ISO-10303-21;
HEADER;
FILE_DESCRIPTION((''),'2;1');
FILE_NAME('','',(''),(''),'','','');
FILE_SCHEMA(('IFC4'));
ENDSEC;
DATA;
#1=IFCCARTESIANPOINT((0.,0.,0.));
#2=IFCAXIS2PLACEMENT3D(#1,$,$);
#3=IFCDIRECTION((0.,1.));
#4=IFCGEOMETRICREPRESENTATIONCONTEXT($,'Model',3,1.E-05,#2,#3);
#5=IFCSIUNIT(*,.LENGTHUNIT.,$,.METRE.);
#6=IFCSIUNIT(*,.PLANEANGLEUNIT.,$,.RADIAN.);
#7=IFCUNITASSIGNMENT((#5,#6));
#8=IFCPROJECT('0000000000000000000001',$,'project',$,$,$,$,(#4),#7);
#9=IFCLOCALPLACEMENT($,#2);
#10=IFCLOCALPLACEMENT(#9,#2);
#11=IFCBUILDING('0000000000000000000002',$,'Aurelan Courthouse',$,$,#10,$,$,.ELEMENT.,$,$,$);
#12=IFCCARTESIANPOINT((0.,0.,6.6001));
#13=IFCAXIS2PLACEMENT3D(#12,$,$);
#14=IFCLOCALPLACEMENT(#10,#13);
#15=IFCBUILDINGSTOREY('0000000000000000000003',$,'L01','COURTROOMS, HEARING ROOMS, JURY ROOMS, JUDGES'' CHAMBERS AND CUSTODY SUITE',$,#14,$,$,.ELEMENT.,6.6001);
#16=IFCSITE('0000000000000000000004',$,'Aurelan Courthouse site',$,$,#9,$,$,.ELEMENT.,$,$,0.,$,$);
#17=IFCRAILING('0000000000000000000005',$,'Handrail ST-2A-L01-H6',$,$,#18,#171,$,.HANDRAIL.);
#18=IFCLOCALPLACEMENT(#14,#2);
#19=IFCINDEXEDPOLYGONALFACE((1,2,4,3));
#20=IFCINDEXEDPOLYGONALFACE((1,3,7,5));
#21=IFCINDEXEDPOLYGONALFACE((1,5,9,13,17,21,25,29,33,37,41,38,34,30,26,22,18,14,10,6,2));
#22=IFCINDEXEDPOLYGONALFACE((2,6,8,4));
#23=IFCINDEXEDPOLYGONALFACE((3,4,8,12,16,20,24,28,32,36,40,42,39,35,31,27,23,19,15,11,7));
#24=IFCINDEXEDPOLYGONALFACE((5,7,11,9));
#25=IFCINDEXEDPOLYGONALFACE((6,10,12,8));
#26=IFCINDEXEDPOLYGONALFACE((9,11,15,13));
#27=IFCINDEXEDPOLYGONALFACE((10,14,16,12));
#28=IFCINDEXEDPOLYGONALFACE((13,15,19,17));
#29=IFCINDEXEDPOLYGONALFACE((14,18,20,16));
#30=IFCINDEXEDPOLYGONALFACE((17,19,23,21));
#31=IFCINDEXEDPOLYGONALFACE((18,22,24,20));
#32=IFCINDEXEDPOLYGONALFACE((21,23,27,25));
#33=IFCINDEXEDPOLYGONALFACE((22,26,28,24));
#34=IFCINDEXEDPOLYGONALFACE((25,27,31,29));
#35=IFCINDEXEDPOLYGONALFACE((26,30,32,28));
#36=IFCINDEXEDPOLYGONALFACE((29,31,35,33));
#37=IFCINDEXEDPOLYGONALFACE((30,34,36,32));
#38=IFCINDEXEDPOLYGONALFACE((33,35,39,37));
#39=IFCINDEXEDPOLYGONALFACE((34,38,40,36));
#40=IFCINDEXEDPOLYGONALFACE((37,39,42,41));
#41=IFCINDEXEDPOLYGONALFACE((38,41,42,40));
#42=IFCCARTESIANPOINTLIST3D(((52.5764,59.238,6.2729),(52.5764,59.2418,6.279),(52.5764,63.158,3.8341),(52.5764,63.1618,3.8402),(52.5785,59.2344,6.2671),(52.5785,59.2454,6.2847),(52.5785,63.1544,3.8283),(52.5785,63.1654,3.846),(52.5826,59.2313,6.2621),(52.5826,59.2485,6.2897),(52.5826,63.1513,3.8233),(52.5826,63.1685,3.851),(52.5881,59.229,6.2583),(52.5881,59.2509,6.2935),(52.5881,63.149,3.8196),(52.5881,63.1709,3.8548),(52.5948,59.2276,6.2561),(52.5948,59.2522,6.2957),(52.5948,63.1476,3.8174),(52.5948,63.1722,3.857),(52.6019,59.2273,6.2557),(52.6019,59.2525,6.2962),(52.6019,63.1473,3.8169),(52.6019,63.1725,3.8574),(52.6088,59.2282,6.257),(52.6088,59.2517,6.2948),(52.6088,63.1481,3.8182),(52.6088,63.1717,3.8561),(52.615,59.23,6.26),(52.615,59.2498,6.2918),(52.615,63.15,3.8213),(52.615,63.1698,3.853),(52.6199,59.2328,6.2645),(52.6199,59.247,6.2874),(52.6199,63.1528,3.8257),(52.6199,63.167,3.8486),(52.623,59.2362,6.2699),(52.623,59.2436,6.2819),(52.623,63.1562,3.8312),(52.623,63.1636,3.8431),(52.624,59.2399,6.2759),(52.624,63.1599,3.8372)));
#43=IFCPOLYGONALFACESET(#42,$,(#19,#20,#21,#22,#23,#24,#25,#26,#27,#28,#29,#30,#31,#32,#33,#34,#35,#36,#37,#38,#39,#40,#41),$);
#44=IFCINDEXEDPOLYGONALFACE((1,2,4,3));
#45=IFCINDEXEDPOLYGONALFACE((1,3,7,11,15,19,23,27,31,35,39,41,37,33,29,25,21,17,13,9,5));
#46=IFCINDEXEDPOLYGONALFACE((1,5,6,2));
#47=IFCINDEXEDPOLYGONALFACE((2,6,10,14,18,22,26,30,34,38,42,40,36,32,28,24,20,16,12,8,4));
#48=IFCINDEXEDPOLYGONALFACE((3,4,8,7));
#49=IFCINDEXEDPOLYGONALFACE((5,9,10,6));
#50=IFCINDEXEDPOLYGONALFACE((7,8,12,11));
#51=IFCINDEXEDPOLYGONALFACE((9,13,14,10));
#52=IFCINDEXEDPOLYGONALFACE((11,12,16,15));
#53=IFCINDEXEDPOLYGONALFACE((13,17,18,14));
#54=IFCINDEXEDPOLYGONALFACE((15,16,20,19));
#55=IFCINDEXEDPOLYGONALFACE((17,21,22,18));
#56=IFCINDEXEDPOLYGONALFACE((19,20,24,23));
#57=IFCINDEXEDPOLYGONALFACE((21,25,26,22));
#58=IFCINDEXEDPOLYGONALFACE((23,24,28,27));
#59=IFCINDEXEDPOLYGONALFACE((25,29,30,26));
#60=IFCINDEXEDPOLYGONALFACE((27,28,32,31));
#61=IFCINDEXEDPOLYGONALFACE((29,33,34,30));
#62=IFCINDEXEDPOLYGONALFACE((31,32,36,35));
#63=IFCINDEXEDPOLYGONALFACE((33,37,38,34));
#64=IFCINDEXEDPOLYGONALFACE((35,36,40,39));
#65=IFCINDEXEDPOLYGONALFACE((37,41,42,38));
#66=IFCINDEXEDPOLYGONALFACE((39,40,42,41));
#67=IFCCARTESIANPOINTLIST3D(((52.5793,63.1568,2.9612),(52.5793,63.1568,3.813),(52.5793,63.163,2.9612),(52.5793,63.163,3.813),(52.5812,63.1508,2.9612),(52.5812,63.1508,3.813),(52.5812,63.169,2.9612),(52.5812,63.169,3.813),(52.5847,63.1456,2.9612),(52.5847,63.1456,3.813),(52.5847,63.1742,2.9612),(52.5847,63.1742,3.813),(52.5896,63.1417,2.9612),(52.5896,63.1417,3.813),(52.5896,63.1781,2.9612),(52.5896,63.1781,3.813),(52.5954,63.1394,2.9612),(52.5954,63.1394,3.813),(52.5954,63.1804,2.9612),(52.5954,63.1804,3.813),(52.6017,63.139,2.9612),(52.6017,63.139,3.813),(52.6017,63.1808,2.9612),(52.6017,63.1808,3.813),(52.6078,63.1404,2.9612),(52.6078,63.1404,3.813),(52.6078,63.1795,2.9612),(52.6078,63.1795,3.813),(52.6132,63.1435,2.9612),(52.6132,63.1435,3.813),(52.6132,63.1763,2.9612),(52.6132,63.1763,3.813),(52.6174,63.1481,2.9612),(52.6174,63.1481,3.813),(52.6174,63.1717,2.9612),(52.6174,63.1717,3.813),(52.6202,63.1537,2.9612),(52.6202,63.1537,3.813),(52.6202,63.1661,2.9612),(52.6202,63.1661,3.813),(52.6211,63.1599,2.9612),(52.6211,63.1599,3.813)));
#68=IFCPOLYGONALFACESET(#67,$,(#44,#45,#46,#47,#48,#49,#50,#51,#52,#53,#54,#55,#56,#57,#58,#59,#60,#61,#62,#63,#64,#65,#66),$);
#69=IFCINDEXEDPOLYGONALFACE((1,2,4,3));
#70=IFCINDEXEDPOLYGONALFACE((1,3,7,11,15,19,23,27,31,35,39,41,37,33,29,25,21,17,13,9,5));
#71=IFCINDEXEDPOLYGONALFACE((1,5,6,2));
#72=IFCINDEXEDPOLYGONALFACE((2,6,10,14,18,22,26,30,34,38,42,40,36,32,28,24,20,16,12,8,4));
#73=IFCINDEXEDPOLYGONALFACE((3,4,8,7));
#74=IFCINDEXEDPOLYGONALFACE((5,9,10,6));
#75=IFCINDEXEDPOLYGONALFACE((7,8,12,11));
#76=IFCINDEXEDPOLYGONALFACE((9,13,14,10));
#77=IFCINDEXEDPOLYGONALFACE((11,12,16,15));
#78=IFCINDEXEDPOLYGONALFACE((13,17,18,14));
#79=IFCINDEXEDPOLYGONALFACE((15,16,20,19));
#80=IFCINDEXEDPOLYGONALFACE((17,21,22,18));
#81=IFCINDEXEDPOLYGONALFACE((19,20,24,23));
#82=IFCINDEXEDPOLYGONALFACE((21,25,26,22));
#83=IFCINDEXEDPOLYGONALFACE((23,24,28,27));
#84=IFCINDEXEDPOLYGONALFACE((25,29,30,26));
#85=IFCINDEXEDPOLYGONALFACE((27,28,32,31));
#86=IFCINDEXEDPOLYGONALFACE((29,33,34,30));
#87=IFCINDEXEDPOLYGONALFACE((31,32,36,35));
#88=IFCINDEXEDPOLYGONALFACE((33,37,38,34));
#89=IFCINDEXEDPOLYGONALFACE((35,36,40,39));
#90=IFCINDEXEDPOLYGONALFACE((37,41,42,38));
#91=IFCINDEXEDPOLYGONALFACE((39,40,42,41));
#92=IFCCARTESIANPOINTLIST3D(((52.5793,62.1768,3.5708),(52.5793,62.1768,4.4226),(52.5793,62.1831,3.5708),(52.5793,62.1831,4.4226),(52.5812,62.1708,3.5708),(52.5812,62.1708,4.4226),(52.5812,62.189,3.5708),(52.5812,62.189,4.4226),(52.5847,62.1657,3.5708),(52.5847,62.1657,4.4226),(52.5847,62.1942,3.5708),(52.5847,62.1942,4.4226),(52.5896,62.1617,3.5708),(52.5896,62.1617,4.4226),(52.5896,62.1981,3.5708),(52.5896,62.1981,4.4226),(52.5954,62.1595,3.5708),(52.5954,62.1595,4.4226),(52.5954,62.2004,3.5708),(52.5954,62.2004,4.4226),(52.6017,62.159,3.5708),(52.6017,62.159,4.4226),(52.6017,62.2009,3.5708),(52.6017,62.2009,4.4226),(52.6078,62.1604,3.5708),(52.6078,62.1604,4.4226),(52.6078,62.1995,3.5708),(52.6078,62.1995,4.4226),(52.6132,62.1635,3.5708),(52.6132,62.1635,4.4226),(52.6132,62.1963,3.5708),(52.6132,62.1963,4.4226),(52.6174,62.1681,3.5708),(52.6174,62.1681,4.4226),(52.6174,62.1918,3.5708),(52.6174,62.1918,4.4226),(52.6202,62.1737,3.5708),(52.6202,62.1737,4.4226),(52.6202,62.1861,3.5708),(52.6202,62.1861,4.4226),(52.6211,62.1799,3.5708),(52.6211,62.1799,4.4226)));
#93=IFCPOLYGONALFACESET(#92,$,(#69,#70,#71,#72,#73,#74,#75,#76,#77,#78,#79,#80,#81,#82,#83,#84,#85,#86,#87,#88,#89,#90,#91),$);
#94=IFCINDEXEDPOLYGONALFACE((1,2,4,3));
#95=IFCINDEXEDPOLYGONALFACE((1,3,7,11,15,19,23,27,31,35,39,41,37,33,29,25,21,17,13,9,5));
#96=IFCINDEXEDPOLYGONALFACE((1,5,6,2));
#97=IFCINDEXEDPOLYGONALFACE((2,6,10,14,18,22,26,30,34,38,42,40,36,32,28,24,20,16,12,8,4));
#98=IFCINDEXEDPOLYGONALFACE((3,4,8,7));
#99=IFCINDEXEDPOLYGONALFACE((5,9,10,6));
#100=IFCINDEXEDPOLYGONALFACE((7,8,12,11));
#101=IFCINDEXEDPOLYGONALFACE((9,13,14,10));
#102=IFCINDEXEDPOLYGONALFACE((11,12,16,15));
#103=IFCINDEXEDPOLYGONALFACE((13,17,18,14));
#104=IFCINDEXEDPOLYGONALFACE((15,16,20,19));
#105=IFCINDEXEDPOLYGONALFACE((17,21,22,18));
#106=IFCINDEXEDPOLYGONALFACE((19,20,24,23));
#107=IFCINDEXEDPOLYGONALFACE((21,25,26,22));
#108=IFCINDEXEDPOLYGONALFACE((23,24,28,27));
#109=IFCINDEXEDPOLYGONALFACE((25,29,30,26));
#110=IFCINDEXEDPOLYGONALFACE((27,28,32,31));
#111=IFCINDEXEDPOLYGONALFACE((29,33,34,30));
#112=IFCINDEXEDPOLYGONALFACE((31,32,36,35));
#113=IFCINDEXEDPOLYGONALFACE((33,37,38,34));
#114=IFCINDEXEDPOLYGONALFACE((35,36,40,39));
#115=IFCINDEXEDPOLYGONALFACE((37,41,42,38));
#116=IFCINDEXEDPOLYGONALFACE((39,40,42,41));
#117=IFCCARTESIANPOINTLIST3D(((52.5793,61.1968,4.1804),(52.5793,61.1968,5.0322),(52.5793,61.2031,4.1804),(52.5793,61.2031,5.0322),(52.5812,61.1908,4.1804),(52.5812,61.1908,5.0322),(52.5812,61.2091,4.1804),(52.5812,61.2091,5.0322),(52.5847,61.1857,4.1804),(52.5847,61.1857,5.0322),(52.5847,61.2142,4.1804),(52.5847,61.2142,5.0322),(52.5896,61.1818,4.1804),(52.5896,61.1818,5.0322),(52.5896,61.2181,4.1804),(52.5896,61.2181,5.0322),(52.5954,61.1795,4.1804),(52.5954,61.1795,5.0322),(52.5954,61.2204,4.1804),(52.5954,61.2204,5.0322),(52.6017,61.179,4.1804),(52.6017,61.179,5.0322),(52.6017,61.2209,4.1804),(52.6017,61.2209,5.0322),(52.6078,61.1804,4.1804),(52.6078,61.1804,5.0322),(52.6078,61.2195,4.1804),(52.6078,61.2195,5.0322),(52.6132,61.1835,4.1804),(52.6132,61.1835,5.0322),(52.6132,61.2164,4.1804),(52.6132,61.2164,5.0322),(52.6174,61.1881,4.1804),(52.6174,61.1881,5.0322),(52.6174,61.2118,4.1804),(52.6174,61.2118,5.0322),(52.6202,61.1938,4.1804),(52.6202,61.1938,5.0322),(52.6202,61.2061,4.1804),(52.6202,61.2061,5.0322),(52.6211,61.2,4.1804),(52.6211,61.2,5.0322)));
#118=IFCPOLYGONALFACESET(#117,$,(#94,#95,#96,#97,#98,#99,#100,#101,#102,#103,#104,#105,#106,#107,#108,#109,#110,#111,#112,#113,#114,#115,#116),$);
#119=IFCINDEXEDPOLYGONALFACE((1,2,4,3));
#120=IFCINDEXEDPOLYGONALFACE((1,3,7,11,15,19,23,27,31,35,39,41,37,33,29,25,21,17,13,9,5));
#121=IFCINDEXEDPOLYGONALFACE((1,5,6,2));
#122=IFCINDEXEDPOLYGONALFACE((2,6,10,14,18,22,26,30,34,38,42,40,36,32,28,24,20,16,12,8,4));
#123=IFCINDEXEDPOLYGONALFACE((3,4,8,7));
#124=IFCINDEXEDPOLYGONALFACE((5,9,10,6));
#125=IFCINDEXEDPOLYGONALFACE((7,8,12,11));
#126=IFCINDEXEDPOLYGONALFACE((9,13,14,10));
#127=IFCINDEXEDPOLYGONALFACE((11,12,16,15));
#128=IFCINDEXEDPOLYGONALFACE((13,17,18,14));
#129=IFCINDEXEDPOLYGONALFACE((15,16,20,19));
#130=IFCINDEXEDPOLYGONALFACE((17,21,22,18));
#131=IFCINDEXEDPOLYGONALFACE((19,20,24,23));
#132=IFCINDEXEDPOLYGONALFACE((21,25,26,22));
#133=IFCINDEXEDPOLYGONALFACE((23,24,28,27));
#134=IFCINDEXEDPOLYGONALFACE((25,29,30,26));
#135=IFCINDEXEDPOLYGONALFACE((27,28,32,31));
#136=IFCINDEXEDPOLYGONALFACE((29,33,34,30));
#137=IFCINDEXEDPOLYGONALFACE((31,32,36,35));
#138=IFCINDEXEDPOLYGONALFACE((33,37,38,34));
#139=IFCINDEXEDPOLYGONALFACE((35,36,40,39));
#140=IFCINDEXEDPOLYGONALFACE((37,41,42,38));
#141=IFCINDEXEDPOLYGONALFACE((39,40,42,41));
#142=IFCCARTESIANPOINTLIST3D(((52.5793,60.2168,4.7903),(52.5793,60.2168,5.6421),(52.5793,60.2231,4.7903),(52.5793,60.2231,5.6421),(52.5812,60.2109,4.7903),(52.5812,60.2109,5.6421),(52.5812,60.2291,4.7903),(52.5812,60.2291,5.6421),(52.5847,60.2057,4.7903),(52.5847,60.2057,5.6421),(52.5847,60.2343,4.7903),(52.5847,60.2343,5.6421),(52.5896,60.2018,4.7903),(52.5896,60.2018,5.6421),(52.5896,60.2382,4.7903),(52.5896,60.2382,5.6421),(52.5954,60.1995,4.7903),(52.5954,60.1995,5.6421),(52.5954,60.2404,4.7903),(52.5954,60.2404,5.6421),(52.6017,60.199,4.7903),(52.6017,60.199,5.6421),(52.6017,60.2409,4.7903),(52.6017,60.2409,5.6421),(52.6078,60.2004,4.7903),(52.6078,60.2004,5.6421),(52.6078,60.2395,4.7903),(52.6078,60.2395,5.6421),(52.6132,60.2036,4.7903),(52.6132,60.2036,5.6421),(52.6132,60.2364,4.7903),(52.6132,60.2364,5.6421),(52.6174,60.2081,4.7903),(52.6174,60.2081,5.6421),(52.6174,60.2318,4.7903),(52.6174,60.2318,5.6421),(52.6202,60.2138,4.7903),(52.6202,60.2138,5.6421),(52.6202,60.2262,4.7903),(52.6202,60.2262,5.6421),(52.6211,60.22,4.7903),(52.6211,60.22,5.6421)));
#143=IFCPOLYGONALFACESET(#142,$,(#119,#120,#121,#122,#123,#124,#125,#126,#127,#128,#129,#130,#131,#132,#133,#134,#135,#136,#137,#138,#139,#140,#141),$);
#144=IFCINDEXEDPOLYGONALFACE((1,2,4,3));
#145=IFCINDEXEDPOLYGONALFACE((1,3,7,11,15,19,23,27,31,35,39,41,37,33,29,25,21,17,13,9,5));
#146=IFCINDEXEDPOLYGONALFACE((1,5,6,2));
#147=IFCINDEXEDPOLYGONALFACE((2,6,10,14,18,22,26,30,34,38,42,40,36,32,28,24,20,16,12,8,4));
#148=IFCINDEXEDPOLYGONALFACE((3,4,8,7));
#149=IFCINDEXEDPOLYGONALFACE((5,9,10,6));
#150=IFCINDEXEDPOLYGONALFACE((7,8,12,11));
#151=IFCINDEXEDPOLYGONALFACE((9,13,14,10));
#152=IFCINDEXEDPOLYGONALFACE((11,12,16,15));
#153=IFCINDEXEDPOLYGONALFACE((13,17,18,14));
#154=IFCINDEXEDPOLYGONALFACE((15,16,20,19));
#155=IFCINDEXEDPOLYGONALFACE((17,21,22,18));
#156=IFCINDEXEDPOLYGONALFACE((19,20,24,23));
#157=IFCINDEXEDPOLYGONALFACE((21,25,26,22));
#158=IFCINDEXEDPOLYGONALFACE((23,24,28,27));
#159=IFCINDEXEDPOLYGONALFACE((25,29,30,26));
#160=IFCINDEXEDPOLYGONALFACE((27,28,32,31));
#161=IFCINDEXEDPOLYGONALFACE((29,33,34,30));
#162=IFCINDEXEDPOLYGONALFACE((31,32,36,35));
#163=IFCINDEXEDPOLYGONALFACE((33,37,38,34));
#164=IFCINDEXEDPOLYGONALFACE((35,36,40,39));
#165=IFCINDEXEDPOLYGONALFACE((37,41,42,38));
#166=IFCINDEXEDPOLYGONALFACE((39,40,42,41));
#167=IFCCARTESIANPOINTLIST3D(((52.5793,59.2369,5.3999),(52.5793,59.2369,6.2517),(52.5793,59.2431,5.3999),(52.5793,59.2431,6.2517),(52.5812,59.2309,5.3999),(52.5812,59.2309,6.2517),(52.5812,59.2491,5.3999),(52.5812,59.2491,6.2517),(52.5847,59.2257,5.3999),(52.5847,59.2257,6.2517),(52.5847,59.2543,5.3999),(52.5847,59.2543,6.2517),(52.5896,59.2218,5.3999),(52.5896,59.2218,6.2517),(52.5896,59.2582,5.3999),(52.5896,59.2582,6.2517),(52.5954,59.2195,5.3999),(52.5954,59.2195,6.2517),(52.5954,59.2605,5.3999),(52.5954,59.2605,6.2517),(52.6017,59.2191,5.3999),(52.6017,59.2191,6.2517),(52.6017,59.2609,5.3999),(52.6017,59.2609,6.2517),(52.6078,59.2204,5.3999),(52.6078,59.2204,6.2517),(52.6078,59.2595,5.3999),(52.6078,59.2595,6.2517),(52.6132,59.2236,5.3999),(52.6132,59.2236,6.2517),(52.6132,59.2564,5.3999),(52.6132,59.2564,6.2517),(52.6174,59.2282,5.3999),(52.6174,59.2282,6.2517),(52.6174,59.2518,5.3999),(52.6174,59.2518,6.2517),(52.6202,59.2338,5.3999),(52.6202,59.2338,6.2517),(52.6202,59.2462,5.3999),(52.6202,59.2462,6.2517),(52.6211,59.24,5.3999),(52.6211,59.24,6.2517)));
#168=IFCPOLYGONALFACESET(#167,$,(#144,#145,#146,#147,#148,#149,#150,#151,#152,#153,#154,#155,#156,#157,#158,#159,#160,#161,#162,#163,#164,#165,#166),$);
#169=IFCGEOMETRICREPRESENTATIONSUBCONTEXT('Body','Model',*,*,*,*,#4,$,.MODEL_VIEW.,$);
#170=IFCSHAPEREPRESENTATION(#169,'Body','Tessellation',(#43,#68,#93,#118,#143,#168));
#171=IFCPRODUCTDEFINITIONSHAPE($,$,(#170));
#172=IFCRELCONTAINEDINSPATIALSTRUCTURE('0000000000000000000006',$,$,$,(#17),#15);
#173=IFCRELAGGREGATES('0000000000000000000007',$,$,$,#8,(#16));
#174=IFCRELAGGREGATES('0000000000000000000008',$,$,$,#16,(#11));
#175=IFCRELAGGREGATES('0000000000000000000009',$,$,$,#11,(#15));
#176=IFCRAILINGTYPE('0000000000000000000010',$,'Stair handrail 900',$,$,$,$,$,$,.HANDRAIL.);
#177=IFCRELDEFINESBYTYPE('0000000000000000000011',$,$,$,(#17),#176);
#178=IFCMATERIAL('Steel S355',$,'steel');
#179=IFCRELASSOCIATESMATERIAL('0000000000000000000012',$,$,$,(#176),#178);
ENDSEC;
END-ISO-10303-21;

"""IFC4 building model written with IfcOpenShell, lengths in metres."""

from ifc_helpers import new_model, si_unit, direction, frame, origin, origin_2d, place, context, subcontext, project, spatial, circle, extrude, material, type_object, element, save


model = new_model("IFC4")

# Units and contexts
model_context = context("Model", 3, precision=1e-05, world=origin(), true_north=direction((0.0, 1.0)))
body_context = subcontext(model_context, "Body", "Model", "MODEL_VIEW")
ifc_project = project(units=[si_unit("LENGTHUNIT", "METRE"), si_unit("PLANEANGLEUNIT", "RADIAN")], contexts=[model_context])

# Site, building, storey
site_placement = place(None, origin())
site = spatial("IfcSite", under=ifc_project, at=site_placement, Name="Aurelan Courthouse site", CompositionType="ELEMENT", RefElevation=0.0)
building_placement = place(site_placement, origin())
building = spatial("IfcBuilding", under=site, at=building_placement, Name="Aurelan Courthouse", CompositionType="ELEMENT")
storey_placement = place(building_placement, frame((0.0, 0.0, 6.6001)))
storey = spatial("IfcBuildingStorey", under=building, at=storey_placement, Name="L01", Description="COURTROOMS, HEARING ROOMS, JURY ROOMS, JUDGES' CHAMBERS AND CUSTODY SUITE", CompositionType="ELEMENT", Elevation=6.6001)

# Railing
ifc_material_1 = material(Name="Steel S355", Category="steel")
railing_type_1 = type_object("IfcRailingType", Name="Stair handrail 900", PredefinedType="HANDRAIL", material=ifc_material_1)
for number, where, name in (
    (1, (52.6001, 63.1599, 2.9612), "Handrail ST-2A-L01-H6"),
):
    element("IfcRailing", number, at=place(storey_placement, frame(where)), inside=storey, type_object=railing_type_1, Name=name, PredefinedType="HANDRAIL", context=body_context, shape_type="SweptSolid", body=[
        extrude(circle(Radius=0.0239, at=origin_2d()), frame((0.0, 0.0, 0.876), z_axis=(0.0, -0.84909, 0.528249), x_axis=(1.0, 0.0, 0.0)), (0.0, 0.0, 1.0), 4.6167),
        extrude(circle(Radius=0.021, at=origin_2d()), origin(), (0.0, 0.0, 1.0), 0.8518),
        extrude(circle(Radius=0.021, at=origin_2d()), frame((0.0, -0.98, 0.6096)), (0.0, 0.0, 1.0), 0.8518),
        extrude(circle(Radius=0.021, at=origin_2d()), frame((0.0, -1.96, 1.2192)), (0.0, 0.0, 1.0), 0.8518),
        extrude(circle(Radius=0.021, at=origin_2d()), frame((0.0, -2.9399, 1.8291)), (0.0, 0.0, 1.0), 0.8518),
        extrude(circle(Radius=0.021, at=origin_2d()), frame((0.0, -3.9199, 2.4387)), (0.0, 0.0, 1.0), 0.8518),
    ])

save(model, "model.ifc")
